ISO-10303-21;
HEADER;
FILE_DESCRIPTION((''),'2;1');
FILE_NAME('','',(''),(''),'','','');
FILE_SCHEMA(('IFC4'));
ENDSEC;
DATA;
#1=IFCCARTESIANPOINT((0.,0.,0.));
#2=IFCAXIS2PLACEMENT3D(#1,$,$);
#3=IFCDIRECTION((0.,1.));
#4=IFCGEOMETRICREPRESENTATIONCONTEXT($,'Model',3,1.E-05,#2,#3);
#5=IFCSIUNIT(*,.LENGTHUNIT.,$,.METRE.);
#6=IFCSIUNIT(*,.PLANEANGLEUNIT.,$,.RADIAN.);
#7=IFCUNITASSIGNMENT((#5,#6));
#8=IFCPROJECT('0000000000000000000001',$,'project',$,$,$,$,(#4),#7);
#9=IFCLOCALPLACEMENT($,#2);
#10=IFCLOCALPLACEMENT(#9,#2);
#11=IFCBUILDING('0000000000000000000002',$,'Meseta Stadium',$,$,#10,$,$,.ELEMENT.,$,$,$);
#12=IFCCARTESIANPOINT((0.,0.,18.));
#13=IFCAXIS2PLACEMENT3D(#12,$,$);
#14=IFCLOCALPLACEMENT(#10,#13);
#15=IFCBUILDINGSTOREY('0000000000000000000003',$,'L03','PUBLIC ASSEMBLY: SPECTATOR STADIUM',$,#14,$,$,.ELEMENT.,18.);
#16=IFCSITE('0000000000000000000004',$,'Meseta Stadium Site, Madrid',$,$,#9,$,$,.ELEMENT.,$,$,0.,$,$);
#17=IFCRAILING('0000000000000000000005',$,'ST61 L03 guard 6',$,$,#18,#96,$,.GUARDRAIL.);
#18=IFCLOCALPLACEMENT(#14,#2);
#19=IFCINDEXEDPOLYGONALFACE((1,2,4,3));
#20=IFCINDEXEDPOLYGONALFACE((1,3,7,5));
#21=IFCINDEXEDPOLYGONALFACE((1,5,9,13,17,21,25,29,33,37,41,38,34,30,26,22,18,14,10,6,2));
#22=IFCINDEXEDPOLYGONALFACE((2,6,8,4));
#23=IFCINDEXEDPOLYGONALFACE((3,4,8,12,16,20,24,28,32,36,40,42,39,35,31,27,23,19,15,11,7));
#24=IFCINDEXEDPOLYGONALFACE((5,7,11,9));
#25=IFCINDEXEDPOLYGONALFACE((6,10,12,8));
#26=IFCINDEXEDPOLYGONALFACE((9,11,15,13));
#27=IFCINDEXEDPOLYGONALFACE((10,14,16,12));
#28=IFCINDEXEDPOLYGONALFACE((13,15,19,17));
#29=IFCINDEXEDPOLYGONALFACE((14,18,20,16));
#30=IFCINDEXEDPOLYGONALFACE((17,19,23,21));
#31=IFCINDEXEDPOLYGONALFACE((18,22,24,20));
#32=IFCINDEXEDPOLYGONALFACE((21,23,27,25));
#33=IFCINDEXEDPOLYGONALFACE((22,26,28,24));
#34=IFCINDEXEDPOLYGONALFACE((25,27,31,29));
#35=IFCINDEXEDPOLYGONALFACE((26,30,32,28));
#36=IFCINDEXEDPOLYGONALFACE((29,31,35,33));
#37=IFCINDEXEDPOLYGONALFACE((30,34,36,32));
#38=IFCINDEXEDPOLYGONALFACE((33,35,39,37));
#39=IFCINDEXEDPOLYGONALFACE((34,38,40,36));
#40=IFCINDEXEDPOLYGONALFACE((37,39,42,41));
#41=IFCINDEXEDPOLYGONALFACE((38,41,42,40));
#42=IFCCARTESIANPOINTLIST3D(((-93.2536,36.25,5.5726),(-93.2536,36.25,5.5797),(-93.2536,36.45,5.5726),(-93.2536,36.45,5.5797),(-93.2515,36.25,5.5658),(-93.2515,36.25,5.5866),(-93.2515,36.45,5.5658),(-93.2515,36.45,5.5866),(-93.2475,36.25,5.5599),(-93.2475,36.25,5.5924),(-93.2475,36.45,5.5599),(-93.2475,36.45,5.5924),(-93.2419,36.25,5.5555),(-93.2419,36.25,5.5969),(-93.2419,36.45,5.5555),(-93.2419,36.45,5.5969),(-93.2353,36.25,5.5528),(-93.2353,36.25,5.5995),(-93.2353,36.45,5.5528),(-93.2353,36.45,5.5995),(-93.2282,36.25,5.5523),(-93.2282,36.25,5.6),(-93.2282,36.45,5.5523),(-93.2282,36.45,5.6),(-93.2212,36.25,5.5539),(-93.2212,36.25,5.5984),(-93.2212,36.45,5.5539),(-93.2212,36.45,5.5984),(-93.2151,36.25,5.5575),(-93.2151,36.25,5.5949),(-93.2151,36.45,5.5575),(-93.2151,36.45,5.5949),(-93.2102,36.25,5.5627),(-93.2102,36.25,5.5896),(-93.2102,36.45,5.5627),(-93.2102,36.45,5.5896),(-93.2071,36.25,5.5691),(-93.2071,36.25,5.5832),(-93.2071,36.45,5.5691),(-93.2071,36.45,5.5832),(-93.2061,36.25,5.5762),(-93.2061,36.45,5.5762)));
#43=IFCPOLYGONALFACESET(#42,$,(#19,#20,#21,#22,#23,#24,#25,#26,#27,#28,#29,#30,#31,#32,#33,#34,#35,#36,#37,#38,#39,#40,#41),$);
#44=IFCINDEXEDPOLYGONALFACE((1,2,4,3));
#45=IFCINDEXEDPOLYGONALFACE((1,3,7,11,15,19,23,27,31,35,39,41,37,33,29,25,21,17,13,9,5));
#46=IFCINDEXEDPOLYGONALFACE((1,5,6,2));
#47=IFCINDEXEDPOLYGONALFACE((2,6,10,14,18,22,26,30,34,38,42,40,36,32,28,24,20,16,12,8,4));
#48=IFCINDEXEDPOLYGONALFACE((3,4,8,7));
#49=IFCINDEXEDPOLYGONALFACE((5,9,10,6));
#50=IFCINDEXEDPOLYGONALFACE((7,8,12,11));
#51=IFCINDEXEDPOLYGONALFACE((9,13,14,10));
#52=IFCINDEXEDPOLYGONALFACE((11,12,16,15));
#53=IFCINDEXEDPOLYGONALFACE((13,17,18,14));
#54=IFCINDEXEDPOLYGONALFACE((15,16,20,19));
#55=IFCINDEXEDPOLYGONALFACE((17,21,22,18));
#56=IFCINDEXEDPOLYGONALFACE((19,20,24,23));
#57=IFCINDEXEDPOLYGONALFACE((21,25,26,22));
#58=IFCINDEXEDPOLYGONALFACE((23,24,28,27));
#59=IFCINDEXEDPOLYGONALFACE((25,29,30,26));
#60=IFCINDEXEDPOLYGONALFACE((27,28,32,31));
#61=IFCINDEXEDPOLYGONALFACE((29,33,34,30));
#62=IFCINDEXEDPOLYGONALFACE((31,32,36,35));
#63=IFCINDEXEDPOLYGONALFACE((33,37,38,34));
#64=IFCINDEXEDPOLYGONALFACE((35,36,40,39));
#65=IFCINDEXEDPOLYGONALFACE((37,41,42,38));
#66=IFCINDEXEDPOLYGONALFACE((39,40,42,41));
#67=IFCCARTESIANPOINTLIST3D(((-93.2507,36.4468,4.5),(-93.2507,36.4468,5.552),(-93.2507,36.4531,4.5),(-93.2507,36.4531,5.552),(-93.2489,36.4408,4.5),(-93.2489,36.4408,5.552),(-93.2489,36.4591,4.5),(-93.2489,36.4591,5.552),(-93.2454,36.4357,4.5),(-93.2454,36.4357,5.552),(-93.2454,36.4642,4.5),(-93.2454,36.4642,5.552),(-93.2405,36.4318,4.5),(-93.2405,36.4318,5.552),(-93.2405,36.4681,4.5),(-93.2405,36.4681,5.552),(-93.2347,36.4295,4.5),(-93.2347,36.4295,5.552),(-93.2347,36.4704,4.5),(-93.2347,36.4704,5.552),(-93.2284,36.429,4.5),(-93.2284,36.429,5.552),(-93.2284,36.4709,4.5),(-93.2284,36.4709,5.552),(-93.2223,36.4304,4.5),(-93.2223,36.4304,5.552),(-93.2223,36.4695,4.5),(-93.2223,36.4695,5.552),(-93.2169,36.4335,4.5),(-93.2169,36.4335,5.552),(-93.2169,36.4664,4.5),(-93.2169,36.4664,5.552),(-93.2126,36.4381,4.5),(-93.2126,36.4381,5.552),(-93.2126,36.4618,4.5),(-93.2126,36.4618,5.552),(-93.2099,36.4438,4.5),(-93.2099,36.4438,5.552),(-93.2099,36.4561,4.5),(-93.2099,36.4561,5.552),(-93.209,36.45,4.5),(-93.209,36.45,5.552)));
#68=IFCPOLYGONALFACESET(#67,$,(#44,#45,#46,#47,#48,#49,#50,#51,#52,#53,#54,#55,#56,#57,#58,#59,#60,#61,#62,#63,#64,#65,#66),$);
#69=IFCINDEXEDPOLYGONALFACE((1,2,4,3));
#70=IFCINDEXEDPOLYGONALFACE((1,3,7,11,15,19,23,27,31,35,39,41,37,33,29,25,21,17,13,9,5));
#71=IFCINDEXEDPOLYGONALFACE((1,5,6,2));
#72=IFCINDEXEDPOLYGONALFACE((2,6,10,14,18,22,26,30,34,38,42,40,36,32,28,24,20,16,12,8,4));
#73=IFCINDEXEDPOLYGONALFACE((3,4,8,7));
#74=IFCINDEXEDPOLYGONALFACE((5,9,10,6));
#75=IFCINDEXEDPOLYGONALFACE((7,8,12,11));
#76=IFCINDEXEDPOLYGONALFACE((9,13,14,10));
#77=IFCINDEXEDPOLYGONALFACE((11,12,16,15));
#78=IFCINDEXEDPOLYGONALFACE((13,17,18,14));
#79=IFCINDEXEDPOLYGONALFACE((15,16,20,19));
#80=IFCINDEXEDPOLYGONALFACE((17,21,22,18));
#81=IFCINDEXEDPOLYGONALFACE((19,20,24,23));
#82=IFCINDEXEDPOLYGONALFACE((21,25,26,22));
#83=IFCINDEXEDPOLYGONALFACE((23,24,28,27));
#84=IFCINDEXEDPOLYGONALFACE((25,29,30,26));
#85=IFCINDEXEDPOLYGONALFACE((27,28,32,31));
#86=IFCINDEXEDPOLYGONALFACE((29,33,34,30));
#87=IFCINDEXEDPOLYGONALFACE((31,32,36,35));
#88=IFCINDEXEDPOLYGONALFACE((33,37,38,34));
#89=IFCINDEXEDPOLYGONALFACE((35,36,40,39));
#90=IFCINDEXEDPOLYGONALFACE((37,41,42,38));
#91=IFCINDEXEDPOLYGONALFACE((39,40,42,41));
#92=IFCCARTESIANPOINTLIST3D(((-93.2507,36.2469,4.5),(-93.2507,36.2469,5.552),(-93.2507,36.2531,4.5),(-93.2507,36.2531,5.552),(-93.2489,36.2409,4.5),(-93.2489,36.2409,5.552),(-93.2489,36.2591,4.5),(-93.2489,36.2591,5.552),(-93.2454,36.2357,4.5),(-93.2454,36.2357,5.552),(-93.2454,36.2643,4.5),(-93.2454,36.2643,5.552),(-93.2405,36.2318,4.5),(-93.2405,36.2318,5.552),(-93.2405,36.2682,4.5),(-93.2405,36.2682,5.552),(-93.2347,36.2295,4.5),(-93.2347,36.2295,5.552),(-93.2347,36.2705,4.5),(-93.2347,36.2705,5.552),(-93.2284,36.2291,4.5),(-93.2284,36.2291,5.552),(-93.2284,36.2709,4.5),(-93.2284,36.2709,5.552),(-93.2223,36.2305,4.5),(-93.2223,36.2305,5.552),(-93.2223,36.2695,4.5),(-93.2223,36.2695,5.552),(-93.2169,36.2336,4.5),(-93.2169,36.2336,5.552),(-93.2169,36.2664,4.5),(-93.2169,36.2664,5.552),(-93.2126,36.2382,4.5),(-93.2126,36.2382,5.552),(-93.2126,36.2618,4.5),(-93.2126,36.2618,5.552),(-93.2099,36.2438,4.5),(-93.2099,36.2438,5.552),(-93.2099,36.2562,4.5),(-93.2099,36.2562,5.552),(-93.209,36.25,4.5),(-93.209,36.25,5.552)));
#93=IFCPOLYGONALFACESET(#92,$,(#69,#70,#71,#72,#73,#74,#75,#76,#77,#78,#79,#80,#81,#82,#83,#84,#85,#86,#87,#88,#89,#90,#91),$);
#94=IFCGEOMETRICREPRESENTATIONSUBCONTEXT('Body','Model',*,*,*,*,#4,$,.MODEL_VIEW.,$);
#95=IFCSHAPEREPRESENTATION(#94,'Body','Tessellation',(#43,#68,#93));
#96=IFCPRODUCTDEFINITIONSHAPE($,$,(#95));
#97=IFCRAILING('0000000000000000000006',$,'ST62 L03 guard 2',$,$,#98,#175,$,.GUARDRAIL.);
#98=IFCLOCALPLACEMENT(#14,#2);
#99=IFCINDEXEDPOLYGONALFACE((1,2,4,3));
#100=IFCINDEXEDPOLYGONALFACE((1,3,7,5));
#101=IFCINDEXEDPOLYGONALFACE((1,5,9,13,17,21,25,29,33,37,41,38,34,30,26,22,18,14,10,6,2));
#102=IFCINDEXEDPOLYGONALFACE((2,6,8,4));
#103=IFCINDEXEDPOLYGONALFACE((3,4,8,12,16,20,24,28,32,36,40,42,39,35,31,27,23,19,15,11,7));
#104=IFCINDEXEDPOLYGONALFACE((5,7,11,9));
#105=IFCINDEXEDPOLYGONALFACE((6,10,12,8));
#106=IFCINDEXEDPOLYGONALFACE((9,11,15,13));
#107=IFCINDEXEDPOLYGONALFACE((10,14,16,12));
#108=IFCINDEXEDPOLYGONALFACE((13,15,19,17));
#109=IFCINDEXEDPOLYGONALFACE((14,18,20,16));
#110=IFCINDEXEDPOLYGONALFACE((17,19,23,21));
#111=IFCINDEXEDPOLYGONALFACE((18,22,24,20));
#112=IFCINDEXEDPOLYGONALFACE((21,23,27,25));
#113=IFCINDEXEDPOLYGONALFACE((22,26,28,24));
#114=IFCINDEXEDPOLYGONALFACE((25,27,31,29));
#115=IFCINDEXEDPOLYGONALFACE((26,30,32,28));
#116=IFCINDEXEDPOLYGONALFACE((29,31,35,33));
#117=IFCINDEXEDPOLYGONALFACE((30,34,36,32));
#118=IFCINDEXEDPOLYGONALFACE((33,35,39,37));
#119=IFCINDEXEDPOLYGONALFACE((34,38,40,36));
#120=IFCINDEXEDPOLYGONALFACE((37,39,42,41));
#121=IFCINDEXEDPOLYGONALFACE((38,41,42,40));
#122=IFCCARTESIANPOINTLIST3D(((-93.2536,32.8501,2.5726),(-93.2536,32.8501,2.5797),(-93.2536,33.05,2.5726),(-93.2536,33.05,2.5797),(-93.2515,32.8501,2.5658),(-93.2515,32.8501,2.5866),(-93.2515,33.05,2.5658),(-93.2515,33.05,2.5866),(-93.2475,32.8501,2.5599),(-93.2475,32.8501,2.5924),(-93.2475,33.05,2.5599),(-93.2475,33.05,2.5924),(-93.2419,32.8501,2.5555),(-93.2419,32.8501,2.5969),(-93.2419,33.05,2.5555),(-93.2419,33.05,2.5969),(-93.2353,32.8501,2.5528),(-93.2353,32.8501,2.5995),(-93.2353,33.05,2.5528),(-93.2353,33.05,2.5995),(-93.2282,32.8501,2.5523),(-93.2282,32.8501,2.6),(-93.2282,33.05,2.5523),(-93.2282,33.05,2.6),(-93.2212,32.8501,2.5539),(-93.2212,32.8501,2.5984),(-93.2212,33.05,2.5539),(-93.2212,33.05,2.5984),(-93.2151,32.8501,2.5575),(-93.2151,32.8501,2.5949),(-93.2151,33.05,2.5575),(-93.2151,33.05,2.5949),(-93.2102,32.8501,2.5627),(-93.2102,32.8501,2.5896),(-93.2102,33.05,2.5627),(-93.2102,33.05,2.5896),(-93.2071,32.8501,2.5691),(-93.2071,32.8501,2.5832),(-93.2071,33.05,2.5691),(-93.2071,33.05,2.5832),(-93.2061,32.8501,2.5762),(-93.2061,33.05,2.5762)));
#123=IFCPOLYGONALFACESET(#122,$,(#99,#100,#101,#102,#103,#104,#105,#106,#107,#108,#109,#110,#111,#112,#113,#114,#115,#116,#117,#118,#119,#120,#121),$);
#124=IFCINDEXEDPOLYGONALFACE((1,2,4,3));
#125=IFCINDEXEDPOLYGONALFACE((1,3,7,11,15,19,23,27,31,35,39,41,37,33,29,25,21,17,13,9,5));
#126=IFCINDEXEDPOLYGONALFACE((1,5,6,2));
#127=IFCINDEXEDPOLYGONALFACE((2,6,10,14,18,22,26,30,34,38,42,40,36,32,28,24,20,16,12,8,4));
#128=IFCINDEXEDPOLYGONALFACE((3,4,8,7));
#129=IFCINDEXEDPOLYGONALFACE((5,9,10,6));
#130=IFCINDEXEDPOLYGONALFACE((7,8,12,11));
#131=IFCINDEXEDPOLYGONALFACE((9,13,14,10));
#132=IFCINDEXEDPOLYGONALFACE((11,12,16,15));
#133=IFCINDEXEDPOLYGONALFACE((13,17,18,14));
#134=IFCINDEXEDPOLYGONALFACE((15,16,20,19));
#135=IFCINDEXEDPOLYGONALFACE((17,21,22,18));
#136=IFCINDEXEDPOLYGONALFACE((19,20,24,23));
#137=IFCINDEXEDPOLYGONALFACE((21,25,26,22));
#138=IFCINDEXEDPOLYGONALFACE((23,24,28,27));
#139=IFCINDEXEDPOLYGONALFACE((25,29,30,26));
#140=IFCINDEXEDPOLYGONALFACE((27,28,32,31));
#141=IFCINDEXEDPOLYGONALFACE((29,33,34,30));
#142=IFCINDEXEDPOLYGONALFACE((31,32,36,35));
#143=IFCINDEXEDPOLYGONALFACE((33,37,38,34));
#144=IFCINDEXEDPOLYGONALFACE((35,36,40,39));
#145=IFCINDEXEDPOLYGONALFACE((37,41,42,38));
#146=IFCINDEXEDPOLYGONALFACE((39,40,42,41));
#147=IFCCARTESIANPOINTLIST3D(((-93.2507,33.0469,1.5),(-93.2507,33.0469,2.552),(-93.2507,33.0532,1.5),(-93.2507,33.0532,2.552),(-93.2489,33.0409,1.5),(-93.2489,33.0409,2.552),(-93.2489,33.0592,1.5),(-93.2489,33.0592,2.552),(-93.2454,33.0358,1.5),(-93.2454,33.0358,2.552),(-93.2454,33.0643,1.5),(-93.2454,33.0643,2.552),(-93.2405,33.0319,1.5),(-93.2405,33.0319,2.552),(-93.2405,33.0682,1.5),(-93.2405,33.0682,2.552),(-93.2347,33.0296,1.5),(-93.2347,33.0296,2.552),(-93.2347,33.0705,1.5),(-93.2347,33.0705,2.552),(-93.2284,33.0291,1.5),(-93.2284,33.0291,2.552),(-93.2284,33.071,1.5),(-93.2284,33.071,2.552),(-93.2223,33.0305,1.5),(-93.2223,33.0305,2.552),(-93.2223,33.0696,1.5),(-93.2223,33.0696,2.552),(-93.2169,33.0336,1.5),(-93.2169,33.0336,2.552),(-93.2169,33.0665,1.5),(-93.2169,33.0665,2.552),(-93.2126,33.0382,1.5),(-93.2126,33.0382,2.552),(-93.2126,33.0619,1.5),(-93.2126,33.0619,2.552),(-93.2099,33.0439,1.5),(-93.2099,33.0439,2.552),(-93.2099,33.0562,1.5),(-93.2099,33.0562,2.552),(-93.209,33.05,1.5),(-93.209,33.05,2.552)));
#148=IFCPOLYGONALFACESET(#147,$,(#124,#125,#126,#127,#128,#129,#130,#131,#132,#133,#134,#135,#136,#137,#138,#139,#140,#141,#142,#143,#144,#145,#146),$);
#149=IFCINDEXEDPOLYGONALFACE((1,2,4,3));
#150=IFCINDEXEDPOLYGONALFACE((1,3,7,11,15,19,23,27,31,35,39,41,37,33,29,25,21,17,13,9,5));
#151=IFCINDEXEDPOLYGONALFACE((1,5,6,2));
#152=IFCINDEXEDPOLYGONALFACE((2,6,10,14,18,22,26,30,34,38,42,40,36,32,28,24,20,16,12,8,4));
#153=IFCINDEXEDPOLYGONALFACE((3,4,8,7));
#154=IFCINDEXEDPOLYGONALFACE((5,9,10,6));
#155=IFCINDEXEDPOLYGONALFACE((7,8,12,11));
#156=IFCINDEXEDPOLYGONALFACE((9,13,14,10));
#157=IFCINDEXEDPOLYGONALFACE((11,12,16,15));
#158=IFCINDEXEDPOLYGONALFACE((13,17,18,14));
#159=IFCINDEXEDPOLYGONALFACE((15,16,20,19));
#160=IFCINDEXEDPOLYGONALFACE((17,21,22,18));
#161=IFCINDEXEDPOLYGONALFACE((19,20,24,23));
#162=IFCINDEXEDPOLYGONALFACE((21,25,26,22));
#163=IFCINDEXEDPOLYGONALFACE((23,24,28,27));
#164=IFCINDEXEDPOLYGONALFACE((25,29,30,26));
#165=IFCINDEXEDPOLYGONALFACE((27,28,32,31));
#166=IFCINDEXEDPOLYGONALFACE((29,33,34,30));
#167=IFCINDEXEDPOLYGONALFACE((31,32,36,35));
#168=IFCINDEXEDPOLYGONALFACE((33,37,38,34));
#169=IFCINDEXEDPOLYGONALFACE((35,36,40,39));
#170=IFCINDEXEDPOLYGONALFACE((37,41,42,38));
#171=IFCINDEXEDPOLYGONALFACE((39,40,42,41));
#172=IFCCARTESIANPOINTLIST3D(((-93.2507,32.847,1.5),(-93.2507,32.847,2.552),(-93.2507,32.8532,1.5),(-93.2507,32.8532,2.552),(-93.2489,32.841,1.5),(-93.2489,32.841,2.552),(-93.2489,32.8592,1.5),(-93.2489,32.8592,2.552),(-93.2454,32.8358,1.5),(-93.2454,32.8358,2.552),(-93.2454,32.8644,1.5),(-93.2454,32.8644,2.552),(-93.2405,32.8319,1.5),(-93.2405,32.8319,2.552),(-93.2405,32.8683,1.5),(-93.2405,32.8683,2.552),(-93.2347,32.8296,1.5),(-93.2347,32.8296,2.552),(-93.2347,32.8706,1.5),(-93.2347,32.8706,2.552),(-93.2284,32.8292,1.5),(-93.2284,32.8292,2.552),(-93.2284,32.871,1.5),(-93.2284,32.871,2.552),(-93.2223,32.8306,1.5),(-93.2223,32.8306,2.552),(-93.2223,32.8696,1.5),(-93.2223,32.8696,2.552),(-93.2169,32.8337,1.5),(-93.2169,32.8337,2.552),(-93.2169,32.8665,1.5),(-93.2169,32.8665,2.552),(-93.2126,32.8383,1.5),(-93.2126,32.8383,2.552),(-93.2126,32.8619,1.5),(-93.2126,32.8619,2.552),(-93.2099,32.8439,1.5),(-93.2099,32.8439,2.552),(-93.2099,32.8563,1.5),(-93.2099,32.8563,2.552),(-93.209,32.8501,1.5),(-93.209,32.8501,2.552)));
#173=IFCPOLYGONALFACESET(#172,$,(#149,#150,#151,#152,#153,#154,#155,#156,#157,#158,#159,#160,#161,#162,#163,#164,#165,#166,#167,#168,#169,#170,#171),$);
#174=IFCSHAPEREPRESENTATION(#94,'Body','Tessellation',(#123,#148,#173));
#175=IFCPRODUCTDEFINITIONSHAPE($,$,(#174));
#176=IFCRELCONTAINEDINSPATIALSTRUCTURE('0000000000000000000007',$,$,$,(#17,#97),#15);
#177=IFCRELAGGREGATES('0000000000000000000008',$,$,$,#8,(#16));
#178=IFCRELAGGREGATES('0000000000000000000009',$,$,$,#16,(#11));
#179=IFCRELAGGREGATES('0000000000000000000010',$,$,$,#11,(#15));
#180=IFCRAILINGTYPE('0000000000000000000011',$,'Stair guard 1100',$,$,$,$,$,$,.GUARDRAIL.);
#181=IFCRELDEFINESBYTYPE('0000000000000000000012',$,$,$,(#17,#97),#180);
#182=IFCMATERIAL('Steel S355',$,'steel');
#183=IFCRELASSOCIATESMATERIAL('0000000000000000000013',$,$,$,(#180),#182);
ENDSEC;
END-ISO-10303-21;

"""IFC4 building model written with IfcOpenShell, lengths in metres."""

from ifc_helpers import new_model, si_unit, direction, frame, origin, origin_2d, place, context, subcontext, project, spatial, circle, extrude, material, type_object, element, save


model = new_model("IFC4")

# Units and contexts
model_context = context("Model", 3, precision=1e-05, world=origin(), true_north=direction((0.0, 1.0)))
body_context = subcontext(model_context, "Body", "Model", "MODEL_VIEW")
ifc_project = project(units=[si_unit("LENGTHUNIT", "METRE"), si_unit("PLANEANGLEUNIT", "RADIAN")], contexts=[model_context])

# Site, building, storey
site_placement = place(None, origin())
site = spatial("IfcSite", under=ifc_project, at=site_placement, Name="Meseta Stadium Site, Madrid", CompositionType="ELEMENT", RefElevation=0.0)
building_placement = place(site_placement, origin())
building = spatial("IfcBuilding", under=site, at=building_placement, Name="Meseta Stadium", CompositionType="ELEMENT")
storey_placement = place(building_placement, frame((0.0, 0.0, 18.0)))
storey = spatial("IfcBuildingStorey", under=building, at=storey_placement, Name="L03", Description="PUBLIC ASSEMBLY: SPECTATOR STADIUM", CompositionType="ELEMENT", Elevation=18.0)

# Railings
ifc_material_1 = material(Name="Steel S355", Category="steel")
railing_type_1 = type_object("IfcRailingType", Name="Stair guard 1100", PredefinedType="GUARDRAIL", material=ifc_material_1)
for number, where, name in (
    (1, (-93.23, 36.45, 4.5), "ST61 L03 guard 6"),
    (2, (-93.23, 33.05, 1.5), "ST62 L03 guard 2"),
):
    element("IfcRailing", number, at=place(storey_placement, frame(where)), inside=storey, type_object=railing_type_1, Name=name, PredefinedType="GUARDRAIL", context=body_context, shape_type="SweptSolid", body=[
        extrude(circle(Radius=0.0239, at=origin_2d()), frame((0.0, 0.0, 1.0762), z_axis=(0.0, -1.0, 0.0), x_axis=(1.0, 0.0, 0.0)), (0.0, 0.0, 1.0), 0.2),
        extrude(circle(Radius=0.021, at=origin_2d()), origin(), (0.0, 0.0, 1.0), 1.052),
        extrude(circle(Radius=0.021, at=origin_2d()), frame((0.0, -0.2, 0.0)), (0.0, 0.0, 1.0), 1.052),
    ])

save(model, "model.ifc")
